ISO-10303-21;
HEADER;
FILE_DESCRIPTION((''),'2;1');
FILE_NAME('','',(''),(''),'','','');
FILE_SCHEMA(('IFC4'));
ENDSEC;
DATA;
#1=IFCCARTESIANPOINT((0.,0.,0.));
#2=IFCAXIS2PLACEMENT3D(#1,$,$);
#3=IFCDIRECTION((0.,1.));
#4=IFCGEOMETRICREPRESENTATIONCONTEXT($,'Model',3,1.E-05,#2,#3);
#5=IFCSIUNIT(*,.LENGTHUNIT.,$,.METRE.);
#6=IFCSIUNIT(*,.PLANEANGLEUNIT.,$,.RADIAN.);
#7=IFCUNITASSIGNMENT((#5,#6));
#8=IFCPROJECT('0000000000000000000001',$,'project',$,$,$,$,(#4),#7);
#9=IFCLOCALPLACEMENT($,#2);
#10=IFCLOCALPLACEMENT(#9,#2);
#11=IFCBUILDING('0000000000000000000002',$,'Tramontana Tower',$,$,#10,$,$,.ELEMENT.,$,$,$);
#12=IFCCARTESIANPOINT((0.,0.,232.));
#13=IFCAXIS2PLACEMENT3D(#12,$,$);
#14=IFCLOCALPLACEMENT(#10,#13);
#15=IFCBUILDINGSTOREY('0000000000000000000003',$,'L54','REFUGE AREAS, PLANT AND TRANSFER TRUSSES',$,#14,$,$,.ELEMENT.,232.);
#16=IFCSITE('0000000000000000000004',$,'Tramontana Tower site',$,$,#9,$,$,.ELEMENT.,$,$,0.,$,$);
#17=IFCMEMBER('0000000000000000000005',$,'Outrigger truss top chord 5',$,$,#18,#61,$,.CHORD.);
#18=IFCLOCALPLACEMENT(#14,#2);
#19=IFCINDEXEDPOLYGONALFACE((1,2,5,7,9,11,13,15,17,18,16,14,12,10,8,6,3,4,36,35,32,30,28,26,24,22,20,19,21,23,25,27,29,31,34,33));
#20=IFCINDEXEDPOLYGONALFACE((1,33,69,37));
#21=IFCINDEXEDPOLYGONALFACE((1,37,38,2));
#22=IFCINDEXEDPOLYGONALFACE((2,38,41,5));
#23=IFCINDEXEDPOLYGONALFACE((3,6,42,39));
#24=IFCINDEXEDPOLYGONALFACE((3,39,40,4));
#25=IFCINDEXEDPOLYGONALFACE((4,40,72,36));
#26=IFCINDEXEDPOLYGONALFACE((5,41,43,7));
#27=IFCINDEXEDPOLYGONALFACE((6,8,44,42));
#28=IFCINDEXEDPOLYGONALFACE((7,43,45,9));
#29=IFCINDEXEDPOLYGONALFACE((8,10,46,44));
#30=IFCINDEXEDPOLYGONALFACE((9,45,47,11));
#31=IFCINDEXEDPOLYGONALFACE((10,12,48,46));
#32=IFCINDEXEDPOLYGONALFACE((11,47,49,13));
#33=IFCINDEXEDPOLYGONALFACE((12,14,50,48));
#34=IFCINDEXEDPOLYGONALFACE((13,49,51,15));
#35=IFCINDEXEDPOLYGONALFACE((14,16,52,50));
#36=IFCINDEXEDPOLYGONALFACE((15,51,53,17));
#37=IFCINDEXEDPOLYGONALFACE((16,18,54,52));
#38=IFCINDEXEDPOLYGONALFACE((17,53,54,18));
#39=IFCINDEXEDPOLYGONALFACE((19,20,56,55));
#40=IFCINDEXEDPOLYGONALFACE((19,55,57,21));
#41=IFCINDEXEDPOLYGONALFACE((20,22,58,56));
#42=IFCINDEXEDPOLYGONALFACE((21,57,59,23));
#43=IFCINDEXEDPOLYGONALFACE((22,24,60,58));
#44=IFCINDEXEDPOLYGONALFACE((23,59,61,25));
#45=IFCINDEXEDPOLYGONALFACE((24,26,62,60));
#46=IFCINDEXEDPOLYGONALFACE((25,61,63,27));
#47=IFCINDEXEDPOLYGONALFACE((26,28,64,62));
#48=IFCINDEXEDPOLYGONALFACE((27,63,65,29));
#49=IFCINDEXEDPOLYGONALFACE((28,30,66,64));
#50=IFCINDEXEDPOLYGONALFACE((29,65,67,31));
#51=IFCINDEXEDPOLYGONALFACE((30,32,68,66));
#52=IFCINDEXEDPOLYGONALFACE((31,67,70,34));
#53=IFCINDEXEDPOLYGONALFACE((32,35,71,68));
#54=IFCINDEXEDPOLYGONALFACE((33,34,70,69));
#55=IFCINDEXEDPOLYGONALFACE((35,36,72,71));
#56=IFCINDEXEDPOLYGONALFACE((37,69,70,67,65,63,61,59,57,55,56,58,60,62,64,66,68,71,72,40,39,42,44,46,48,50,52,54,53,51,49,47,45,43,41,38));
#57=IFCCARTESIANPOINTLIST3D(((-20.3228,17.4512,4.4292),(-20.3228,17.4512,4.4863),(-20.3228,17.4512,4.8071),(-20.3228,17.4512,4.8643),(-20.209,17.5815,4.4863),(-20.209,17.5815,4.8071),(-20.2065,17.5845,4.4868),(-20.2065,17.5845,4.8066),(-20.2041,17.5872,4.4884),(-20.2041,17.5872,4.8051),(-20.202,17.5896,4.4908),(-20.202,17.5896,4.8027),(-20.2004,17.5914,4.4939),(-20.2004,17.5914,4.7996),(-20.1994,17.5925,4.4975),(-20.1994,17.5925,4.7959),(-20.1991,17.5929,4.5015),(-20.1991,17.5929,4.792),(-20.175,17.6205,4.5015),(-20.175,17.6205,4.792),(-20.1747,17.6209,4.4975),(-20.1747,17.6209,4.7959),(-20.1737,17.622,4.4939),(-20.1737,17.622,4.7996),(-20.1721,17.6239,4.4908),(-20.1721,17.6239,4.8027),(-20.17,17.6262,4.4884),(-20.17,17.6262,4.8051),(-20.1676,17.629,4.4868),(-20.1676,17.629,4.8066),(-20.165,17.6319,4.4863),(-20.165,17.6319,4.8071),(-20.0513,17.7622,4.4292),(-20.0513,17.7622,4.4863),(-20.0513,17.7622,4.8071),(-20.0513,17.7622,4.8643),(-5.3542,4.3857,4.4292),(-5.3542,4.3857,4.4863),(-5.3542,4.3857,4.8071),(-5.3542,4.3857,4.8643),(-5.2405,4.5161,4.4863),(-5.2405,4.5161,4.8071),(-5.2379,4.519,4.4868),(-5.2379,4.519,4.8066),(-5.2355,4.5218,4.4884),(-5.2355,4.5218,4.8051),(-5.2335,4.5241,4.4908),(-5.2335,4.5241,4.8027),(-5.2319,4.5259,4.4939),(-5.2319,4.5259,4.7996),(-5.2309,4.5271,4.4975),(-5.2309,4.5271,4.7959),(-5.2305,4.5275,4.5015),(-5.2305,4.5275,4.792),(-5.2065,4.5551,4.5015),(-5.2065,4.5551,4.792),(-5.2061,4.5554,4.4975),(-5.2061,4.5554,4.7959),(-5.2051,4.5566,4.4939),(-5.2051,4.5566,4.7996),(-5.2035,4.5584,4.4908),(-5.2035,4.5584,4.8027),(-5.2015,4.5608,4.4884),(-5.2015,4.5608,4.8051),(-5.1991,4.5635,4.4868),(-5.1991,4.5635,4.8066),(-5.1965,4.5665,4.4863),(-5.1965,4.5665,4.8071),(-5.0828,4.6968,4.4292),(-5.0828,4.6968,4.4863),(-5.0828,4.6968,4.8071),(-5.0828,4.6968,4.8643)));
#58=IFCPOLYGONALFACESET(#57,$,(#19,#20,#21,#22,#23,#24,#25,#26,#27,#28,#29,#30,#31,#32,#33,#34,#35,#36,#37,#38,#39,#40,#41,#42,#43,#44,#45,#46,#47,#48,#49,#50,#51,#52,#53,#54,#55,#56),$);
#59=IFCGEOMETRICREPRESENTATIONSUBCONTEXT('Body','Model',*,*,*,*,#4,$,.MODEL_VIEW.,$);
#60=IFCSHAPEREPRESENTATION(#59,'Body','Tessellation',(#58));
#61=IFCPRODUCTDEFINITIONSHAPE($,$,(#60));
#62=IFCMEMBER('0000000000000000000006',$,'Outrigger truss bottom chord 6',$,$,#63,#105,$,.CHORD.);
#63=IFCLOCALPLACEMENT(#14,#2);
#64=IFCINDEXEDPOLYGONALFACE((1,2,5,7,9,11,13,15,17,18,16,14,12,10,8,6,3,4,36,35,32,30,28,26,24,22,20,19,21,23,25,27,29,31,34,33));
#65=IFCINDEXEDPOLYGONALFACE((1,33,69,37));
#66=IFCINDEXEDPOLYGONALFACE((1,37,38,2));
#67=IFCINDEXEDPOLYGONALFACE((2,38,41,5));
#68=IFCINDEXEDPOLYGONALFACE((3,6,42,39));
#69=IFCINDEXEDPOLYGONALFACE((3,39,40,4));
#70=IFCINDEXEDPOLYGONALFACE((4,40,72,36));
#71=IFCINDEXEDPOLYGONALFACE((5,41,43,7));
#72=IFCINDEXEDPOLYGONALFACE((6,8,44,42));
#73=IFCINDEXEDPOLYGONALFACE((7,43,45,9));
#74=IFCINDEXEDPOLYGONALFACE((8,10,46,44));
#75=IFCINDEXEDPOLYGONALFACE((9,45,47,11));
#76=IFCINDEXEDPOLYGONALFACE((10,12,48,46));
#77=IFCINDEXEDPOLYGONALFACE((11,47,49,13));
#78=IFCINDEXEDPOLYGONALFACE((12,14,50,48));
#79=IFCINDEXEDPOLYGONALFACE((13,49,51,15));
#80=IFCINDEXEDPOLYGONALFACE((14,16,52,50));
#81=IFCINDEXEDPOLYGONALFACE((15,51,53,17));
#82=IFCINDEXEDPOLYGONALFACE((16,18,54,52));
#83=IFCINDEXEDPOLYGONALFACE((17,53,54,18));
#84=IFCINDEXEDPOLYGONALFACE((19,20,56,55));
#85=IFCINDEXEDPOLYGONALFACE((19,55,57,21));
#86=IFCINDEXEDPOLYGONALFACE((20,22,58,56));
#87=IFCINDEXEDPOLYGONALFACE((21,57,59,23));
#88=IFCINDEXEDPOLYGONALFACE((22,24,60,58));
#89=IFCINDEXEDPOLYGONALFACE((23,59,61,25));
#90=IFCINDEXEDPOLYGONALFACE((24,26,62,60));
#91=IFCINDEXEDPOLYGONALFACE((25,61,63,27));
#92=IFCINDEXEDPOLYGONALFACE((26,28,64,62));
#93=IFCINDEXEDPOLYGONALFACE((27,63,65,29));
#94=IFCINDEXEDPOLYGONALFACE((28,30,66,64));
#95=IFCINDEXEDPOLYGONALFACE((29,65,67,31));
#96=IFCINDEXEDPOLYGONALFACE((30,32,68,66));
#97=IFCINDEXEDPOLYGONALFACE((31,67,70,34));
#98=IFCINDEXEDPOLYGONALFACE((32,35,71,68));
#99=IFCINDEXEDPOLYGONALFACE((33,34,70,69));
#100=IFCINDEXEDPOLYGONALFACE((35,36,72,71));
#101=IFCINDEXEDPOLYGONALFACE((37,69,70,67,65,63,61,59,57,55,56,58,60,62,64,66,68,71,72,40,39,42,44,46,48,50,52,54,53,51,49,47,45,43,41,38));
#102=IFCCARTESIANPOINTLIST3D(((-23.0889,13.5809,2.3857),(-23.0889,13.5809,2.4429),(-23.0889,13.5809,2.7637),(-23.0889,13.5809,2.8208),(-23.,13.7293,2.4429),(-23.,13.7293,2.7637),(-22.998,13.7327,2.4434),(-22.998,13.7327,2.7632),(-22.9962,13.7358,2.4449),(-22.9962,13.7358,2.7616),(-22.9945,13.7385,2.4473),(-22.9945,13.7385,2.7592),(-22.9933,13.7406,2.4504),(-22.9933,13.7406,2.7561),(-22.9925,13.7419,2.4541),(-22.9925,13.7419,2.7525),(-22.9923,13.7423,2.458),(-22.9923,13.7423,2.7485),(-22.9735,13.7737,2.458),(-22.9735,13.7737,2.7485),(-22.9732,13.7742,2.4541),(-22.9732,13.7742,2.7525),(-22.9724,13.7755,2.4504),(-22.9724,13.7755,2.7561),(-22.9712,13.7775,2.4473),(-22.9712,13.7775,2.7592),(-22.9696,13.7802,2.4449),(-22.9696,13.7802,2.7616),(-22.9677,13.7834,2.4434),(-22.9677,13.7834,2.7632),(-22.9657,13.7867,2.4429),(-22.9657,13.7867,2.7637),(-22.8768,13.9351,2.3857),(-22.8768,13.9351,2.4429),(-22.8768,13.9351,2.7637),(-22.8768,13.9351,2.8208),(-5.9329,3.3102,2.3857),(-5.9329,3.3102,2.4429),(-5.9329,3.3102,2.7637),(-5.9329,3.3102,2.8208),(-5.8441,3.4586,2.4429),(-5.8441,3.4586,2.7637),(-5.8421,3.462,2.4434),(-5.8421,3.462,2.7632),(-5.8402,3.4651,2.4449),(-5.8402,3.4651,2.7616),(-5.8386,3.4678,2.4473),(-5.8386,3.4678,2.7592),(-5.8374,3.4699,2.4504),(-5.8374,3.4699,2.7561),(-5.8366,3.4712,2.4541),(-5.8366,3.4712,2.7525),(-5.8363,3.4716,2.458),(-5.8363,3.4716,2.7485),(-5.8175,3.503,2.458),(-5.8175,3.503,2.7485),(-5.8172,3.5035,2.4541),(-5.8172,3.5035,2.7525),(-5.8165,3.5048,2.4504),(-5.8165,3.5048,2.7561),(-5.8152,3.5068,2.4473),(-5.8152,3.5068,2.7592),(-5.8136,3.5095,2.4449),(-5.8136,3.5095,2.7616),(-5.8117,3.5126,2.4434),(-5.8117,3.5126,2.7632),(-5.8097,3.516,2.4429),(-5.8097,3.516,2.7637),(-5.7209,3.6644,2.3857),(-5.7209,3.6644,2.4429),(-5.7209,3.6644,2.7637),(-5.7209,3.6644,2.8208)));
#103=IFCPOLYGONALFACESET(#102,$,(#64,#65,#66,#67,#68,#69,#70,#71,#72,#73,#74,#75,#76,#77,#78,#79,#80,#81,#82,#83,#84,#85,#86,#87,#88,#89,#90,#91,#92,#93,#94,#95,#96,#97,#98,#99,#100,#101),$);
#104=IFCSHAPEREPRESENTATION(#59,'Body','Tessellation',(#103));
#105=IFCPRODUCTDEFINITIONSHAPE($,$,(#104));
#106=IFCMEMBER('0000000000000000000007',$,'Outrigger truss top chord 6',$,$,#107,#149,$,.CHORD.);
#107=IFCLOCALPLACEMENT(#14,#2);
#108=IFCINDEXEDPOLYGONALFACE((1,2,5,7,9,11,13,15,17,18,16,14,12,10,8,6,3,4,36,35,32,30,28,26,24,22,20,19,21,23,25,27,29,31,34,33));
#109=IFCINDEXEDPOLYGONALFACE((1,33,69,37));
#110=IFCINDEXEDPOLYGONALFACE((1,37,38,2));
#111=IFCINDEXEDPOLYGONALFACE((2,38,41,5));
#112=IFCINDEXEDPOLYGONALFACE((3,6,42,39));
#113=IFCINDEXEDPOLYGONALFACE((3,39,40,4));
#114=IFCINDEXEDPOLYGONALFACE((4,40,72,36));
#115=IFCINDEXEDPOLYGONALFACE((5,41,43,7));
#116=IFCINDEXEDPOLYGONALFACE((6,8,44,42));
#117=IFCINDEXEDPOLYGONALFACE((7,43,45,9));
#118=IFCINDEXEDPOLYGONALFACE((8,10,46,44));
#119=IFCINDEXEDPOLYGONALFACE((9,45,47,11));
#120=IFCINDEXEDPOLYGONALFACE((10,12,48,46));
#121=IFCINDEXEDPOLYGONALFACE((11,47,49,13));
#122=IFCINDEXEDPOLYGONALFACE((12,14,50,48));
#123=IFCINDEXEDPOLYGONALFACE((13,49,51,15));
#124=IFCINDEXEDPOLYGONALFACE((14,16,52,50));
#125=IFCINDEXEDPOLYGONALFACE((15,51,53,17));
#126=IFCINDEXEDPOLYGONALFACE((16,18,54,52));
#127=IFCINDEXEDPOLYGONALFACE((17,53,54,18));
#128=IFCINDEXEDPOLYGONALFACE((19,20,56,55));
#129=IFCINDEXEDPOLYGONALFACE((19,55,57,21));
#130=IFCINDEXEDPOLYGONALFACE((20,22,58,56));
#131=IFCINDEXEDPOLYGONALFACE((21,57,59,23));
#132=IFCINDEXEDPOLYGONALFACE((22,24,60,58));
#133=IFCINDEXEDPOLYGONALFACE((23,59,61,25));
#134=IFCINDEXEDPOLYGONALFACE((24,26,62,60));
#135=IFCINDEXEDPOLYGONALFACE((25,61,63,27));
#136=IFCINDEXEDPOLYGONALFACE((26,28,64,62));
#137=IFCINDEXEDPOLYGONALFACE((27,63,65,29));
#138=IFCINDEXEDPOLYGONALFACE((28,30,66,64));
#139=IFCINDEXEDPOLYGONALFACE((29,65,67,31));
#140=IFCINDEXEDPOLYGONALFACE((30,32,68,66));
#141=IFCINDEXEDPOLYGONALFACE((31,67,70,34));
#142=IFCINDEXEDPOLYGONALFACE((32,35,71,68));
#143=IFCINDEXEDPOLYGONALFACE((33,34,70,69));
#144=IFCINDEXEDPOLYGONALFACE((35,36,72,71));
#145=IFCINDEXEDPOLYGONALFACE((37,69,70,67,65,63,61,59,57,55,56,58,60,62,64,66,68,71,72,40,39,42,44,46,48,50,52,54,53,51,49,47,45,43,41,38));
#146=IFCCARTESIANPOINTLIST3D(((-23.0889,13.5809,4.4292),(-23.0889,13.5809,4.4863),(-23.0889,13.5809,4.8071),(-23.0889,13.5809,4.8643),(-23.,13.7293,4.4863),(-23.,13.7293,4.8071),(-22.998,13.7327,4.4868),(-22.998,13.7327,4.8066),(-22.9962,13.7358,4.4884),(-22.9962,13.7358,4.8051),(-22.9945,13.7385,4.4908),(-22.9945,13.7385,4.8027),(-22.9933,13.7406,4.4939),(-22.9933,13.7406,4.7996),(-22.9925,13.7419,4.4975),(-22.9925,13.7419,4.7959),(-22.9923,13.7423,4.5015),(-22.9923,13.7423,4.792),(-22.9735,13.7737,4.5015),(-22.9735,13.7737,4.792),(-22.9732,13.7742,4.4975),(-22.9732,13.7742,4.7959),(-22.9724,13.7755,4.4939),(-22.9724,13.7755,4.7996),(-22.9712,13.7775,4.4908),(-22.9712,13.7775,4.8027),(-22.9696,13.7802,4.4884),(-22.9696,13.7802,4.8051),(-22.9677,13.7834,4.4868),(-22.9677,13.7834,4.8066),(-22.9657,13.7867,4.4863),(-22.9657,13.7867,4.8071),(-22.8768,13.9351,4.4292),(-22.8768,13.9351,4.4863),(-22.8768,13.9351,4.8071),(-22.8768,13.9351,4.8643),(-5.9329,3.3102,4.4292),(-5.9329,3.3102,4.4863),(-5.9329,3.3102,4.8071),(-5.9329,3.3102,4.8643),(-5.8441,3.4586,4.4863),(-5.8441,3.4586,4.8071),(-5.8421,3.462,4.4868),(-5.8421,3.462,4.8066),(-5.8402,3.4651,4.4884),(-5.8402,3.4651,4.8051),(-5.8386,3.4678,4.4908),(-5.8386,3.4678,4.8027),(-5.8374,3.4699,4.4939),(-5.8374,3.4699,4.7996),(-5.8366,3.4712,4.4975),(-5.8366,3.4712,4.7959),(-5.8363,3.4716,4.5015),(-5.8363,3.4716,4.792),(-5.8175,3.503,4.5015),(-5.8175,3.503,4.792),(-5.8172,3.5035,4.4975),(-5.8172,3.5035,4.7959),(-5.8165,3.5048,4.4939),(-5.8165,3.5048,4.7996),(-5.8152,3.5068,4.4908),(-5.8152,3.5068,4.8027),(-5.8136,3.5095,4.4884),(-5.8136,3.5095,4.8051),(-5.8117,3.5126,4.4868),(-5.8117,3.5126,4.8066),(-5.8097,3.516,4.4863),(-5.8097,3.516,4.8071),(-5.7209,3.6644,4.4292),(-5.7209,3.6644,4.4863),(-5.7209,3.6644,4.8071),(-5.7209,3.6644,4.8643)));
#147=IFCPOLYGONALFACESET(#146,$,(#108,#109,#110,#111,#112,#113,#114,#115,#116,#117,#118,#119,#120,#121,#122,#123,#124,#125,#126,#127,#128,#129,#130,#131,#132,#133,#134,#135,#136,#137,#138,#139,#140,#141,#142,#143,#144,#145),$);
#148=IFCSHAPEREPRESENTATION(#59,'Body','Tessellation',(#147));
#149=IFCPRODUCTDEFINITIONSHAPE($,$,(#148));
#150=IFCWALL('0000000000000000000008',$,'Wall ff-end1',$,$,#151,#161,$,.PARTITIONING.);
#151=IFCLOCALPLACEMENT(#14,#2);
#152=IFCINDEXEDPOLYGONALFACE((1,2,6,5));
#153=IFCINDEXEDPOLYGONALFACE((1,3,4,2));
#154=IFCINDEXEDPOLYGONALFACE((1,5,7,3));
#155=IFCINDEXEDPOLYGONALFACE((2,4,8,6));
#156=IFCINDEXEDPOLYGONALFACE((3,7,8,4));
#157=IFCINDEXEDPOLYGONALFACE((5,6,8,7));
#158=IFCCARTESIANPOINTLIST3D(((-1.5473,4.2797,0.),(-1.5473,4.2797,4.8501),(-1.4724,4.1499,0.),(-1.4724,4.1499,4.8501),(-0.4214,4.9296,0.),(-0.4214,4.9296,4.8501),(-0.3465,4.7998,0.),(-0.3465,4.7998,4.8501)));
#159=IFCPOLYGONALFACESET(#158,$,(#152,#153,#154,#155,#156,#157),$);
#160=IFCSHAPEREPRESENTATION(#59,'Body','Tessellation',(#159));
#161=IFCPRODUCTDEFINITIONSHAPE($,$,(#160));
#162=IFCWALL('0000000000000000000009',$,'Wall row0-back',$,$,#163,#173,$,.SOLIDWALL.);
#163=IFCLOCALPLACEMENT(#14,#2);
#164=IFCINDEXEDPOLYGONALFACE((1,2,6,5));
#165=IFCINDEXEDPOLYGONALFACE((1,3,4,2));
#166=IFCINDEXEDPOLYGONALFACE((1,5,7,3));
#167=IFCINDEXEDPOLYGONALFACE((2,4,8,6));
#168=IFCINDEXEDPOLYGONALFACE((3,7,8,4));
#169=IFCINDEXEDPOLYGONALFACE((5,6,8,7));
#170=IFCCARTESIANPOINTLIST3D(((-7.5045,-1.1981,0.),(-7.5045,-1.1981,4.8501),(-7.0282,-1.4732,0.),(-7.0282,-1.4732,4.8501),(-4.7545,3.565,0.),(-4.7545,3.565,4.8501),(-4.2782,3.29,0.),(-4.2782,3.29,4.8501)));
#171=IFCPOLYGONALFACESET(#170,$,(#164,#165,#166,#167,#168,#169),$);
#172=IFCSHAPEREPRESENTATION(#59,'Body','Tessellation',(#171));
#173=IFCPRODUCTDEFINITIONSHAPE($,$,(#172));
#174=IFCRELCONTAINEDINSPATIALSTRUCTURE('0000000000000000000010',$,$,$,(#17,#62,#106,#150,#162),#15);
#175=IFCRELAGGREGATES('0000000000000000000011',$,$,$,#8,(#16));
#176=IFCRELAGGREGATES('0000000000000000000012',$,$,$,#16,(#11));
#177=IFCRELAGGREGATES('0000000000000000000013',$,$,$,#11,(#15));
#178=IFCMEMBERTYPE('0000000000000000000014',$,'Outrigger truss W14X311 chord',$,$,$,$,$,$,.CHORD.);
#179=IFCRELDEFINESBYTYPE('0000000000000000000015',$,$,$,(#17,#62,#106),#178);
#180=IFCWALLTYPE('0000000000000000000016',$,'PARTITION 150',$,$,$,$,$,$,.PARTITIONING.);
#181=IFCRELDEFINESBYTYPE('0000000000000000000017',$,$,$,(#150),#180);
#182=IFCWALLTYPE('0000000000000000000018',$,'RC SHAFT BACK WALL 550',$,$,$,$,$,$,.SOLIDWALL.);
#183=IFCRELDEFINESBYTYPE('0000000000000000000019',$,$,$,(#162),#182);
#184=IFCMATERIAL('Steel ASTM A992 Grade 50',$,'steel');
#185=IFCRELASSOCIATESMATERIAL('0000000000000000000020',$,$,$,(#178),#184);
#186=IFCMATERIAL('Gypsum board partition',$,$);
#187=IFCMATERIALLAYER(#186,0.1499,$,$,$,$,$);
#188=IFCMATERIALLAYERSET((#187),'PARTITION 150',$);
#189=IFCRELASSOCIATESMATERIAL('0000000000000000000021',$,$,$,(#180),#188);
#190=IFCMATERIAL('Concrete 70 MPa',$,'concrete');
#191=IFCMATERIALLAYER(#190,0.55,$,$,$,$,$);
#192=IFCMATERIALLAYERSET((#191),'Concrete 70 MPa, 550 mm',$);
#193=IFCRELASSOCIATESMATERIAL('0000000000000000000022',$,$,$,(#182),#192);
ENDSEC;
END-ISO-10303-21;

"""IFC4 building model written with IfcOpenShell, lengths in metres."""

from ifc_helpers import new_model, si_unit, direction, frame, frame_2d, origin, origin_2d, place, context, subcontext, project, spatial, rectangle, i_section, extrude, material, layer, layer_set, material_profile, profile_set, type_object, element, save


model = new_model("IFC4")

# Units and contexts
model_context = context("Model", 3, precision=1e-05, world=origin(), true_north=direction((0.0, 1.0)))
body_context = subcontext(model_context, "Body", "Model", "MODEL_VIEW")
ifc_project = project(units=[si_unit("LENGTHUNIT", "METRE"), si_unit("PLANEANGLEUNIT", "RADIAN")], contexts=[model_context])

# Site, building, storey
site_placement = place(None, origin())
site = spatial("IfcSite", under=ifc_project, at=site_placement, Name="Tramontana Tower site", CompositionType="ELEMENT", RefElevation=0.0)
building_placement = place(site_placement, origin())
building = spatial("IfcBuilding", under=site, at=building_placement, Name="Tramontana Tower", CompositionType="ELEMENT")
storey_placement = place(building_placement, frame((0.0, 0.0, 232.0)))
storey = spatial("IfcBuildingStorey", under=building, at=storey_placement, Name="L54", Description="REFUGE AREAS, PLANT AND TRANSFER TRUSSES", CompositionType="ELEMENT", Elevation=232.0)

# Members
ifc_material_1 = material(Name="Steel ASTM A992 Grade 50", Category="steel")
ifc_material_profile_1 = material_profile(ifc_material_1, i_section(OverallWidth=0.4128, OverallDepth=0.4351, WebThickness=0.0366, FlangeThickness=0.0571, FilletRadius=0.0151, at=origin_2d()), Name="W14X311")
ifc_profile_set_1 = profile_set([ifc_material_profile_1], Name="Steel ASTM A992 Grade 50")
member_type_1 = type_object("IfcMemberType", Name="Outrigger truss W14X311 chord", PredefinedType="CHORD", material=ifc_profile_set_1)
for number, where, z_axis, x_axis, name in (
    (1, (-5.2185, 4.5413, 4.6467), (-0.753375, 0.657592, 0.0), (-0.657592, -0.753375, 0.0), "Outrigger truss top chord 5"),
):
    element("IfcMember", number, at=place(storey_placement, frame(where, z_axis=z_axis, x_axis=x_axis)), inside=storey, type_object=member_type_1, Name=name, PredefinedType="CHORD", context=body_context, shape_type="SweptSolid", body=[
        extrude(i_section(OverallWidth=0.4128, OverallDepth=0.4351, WebThickness=0.0366, FlangeThickness=0.0571, FilletRadius=0.0151, at=origin_2d()), origin(), (0.0, 0.0, 1.0), 19.8687),
    ])
for number, where, z_axis, x_axis, name in (
    (2, (-5.8269, 3.4873, 2.6033), (-0.857997, 0.513655, 0.0), (-0.513655, -0.857997, 0.0), "Outrigger truss bottom chord 6"),
    (3, (-5.8269, 3.4873, 4.6467), (-0.857997, 0.513655, 0.0), (-0.513655, -0.857997, 0.0), "Outrigger truss top chord 6"),
):
    element("IfcMember", number, at=place(storey_placement, frame(where, z_axis=z_axis, x_axis=x_axis)), inside=storey, type_object=member_type_1, Name=name, PredefinedType="CHORD", context=body_context, shape_type="SweptSolid", body=[
        extrude(i_section(OverallWidth=0.4128, OverallDepth=0.4351, WebThickness=0.0366, FlangeThickness=0.0571, FilletRadius=0.0151, at=origin_2d()), origin(), (0.0, 0.0, 1.0), 19.9954),
    ])

# Walls
ifc_material_2 = material(Name="Gypsum board partition")
ifc_layer_1 = layer(ifc_material_2, 0.1499)
ifc_layer_set_1 = layer_set([ifc_layer_1], Name="PARTITION 150")
wall_type_1 = type_object("IfcWallType", Name="PARTITION 150", PredefinedType="PARTITIONING", material=ifc_layer_set_1)
wall_1_placement = place(storey_placement, frame((-1.5098, 4.2148, 0.0), z_axis=(0.0, 0.0, 1.0), x_axis=(0.866086, 0.499896, 0.0)))
element("IfcWall", 4, at=wall_1_placement, inside=storey, type_object=wall_type_1, Name="Wall ff-end1", PredefinedType="PARTITIONING", context=body_context, shape_type="SweptSolid", body=[
    extrude(rectangle(XDim=1.3, YDim=0.1499, at=frame_2d((0.6499, 0.0))), origin(), (0.0, 0.0, 1.0), 4.8501),
])
ifc_material_3 = material(Name="Concrete 70 MPa", Category="concrete")
ifc_layer_2 = layer(ifc_material_3, 0.55)
ifc_layer_set_2 = layer_set([ifc_layer_2], Name="Concrete 70 MPa, 550 mm")
wall_type_2 = type_object("IfcWallType", Name="RC SHAFT BACK WALL 550", PredefinedType="SOLIDWALL", material=ifc_layer_set_2)
wall_2_placement = place(storey_placement, frame((-4.5164, 3.4275, 0.0), z_axis=(0.0, 0.0, 1.0), x_axis=(-0.499997, -0.866027, 0.0)))
element("IfcWall", 5, at=wall_2_placement, inside=storey, type_object=wall_type_2, Name="Wall row0-back", PredefinedType="SOLIDWALL", context=body_context, shape_type="SweptSolid", body=[
    extrude(rectangle(XDim=5.5, YDim=0.55, at=frame_2d((2.75, 0.0))), origin(), (0.0, 0.0, 1.0), 4.8501),
])

save(model, "model.ifc")
